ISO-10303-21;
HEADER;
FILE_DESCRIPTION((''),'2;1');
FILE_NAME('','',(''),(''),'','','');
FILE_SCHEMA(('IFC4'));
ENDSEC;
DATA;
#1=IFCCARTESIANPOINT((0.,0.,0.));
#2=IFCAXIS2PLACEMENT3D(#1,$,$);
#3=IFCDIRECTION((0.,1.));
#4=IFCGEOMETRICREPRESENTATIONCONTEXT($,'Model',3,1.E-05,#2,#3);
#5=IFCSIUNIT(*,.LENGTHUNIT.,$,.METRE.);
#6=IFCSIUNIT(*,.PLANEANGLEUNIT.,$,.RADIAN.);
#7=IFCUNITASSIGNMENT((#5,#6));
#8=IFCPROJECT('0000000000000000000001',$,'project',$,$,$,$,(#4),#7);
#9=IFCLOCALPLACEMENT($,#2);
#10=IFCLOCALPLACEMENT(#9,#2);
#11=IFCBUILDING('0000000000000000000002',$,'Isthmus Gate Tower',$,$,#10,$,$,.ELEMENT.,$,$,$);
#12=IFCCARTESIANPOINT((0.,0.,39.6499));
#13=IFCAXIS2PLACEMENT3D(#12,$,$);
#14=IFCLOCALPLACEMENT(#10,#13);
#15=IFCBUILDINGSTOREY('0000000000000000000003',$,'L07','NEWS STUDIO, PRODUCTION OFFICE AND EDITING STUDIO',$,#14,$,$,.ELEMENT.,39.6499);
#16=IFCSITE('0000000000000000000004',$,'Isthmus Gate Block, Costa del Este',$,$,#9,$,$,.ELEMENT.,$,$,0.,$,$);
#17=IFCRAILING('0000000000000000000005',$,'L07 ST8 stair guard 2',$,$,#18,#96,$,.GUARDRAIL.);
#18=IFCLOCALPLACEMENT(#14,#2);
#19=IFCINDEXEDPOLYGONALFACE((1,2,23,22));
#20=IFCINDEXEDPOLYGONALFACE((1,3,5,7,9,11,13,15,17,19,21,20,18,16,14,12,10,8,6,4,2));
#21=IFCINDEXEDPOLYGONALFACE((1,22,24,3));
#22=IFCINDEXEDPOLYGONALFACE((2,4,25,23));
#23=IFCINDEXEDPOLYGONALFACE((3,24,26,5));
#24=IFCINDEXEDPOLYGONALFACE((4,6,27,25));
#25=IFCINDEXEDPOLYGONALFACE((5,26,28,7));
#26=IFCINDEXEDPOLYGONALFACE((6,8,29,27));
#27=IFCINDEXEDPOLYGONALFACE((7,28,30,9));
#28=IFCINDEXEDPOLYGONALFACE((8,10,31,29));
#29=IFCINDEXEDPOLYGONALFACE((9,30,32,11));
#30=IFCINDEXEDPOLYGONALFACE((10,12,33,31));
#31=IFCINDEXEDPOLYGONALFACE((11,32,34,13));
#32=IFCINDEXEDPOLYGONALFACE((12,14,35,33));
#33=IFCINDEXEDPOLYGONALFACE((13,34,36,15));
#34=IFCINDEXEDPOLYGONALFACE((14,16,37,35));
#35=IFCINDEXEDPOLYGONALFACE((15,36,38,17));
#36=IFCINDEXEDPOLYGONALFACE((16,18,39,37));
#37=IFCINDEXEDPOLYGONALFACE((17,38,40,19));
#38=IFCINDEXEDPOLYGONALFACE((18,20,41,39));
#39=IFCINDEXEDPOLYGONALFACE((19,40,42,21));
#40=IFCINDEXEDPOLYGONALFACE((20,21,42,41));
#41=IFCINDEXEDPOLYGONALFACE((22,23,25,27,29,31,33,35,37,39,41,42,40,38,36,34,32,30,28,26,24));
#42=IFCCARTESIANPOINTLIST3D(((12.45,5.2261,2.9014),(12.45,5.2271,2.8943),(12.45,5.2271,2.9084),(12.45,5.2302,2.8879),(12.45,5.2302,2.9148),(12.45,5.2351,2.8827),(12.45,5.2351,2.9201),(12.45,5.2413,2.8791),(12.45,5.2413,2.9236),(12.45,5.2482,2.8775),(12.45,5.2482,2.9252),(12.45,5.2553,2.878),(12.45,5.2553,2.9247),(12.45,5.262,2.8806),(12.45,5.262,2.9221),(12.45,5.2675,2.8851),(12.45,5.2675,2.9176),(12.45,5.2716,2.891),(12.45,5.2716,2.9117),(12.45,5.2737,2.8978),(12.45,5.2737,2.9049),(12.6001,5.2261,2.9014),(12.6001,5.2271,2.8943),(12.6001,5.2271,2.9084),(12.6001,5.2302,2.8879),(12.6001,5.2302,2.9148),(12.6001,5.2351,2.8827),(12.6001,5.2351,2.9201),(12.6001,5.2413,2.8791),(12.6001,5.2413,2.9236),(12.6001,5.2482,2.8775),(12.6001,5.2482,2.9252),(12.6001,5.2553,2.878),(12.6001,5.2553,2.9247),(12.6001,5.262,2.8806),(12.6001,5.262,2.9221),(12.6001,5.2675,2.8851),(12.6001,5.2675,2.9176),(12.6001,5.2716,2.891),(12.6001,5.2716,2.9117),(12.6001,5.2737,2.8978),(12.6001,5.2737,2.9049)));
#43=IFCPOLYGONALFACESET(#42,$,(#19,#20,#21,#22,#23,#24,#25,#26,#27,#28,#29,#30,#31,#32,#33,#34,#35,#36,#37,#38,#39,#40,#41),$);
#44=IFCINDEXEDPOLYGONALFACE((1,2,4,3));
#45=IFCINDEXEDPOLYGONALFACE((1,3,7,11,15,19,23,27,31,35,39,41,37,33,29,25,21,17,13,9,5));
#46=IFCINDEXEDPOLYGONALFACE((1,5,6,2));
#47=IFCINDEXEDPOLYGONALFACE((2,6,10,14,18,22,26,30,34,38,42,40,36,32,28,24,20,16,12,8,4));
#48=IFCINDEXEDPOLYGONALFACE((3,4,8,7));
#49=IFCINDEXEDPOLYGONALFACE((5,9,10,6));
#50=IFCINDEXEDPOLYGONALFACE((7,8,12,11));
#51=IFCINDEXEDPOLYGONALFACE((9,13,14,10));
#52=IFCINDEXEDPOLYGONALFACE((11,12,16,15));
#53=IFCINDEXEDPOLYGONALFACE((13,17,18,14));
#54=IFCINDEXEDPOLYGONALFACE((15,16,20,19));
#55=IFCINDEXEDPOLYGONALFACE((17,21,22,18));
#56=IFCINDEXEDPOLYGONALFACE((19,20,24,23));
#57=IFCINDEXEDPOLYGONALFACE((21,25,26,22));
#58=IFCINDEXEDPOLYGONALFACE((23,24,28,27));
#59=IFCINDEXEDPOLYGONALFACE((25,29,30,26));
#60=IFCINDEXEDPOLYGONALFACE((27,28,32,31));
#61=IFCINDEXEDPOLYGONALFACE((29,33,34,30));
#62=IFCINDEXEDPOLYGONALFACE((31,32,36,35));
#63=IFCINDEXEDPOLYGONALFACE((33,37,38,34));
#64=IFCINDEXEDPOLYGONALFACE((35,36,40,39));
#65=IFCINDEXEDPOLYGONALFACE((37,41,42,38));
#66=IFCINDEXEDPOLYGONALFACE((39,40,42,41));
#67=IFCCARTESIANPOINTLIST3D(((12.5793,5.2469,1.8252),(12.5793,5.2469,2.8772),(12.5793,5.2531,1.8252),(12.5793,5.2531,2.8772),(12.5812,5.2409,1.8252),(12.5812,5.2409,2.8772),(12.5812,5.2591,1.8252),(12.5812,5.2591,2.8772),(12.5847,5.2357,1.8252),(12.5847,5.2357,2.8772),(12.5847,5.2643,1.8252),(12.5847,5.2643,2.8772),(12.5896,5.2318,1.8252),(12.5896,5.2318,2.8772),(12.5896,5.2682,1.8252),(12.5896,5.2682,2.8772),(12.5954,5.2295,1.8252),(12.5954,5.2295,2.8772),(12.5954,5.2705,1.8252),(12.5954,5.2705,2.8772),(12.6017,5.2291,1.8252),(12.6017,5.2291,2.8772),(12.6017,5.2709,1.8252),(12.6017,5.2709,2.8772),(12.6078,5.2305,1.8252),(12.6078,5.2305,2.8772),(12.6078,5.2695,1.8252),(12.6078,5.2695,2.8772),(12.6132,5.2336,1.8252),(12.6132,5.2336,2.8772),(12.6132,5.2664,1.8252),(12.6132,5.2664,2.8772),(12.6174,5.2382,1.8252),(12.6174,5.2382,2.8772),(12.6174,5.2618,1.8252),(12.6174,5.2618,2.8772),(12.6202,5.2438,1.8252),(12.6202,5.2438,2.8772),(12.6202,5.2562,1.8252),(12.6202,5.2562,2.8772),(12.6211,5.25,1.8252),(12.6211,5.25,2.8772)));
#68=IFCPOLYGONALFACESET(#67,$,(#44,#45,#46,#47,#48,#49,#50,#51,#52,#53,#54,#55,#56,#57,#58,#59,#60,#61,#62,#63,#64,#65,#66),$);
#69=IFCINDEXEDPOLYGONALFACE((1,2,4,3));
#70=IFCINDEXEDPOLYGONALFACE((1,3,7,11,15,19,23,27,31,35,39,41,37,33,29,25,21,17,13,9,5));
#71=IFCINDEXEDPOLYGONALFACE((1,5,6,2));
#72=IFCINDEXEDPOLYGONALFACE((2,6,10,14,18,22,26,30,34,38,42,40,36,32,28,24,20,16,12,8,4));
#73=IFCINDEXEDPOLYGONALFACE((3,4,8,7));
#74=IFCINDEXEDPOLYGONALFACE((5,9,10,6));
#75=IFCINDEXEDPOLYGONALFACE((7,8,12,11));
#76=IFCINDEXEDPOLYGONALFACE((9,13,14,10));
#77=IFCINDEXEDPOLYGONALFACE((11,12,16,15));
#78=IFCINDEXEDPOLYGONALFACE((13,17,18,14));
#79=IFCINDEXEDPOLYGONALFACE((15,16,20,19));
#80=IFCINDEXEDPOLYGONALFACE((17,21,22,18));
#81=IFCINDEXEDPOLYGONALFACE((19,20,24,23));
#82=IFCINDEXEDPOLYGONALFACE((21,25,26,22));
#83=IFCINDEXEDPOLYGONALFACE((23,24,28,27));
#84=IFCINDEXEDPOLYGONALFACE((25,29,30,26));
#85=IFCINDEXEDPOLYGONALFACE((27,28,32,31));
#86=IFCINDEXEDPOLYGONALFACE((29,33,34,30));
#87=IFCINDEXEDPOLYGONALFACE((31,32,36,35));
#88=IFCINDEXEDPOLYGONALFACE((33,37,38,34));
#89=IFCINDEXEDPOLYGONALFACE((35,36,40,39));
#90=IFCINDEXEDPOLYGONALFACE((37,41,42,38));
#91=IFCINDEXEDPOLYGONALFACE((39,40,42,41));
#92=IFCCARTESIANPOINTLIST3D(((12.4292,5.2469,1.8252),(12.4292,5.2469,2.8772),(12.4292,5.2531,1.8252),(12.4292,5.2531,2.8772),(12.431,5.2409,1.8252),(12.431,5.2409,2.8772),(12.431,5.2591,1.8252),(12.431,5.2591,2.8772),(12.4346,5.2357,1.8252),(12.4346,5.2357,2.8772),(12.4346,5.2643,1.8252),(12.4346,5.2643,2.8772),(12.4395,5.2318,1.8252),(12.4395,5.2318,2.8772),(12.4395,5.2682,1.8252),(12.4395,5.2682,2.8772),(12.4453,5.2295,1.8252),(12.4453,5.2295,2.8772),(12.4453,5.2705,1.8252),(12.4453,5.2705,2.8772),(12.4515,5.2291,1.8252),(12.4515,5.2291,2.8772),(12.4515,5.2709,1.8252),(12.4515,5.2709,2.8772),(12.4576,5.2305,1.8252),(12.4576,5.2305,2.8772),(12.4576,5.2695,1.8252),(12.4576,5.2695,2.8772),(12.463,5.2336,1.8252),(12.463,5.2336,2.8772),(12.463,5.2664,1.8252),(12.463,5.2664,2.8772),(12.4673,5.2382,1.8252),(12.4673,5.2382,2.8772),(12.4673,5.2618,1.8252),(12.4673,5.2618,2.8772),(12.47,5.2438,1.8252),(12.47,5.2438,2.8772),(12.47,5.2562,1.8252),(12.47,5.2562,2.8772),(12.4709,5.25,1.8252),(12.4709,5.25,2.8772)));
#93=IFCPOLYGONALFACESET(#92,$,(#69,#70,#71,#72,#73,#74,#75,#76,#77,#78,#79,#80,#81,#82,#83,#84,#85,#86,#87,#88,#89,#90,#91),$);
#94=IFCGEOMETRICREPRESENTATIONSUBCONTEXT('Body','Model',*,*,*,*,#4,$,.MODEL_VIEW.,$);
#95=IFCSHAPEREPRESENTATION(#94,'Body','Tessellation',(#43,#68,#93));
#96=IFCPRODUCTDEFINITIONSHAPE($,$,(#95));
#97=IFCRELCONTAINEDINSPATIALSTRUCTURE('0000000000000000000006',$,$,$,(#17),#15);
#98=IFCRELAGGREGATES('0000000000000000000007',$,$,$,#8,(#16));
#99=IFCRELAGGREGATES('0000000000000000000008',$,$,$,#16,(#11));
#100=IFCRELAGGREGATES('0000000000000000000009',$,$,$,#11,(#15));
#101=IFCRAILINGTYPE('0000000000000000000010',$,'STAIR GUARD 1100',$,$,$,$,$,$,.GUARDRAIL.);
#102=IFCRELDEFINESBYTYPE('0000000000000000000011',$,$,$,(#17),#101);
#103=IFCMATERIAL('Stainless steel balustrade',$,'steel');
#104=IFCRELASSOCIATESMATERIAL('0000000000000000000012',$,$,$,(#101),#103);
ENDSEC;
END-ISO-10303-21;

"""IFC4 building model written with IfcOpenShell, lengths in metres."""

from ifc_helpers import new_model, si_unit, direction, frame, origin, origin_2d, place, context, subcontext, project, spatial, circle, extrude, material, type_object, element, save


model = new_model("IFC4")

# Units and contexts
model_context = context("Model", 3, precision=1e-05, world=origin(), true_north=direction((0.0, 1.0)))
body_context = subcontext(model_context, "Body", "Model", "MODEL_VIEW")
ifc_project = project(units=[si_unit("LENGTHUNIT", "METRE"), si_unit("PLANEANGLEUNIT", "RADIAN")], contexts=[model_context])

# Site, building, storey
site_placement = place(None, origin())
site = spatial("IfcSite", under=ifc_project, at=site_placement, Name="Isthmus Gate Block, Costa del Este", CompositionType="ELEMENT", RefElevation=0.0)
building_placement = place(site_placement, origin())
building = spatial("IfcBuilding", under=site, at=building_placement, Name="Isthmus Gate Tower", CompositionType="ELEMENT")
storey_placement = place(building_placement, frame((0.0, 0.0, 39.6499)))
storey = spatial("IfcBuildingStorey", under=building, at=storey_placement, Name="L07", Description="NEWS STUDIO, PRODUCTION OFFICE AND EDITING STUDIO", CompositionType="ELEMENT", Elevation=39.6499)

# Railing
ifc_material_1 = material(Name="Stainless steel balustrade", Category="steel")
railing_type_1 = type_object("IfcRailingType", Name="STAIR GUARD 1100", PredefinedType="GUARDRAIL", material=ifc_material_1)
railing_1_placement = place(storey_placement, frame((12.6001, 5.25, 1.8252)))
element("IfcRailing", 1, at=railing_1_placement, inside=storey, type_object=railing_type_1, Name="L07 ST8 stair guard 2", PredefinedType="GUARDRAIL", context=body_context, shape_type="SweptSolid", body=[
    extrude(circle(Radius=0.0239, at=origin_2d()), frame((0.0, 0.0, 1.0762), z_axis=(-1.0, 0.0, 0.0), x_axis=(0.0, -1.0, 0.0)), (0.0, 0.0, 1.0), 0.1501),
    extrude(circle(Radius=0.021, at=origin_2d()), origin(), (0.0, 0.0, 1.0), 1.052),
    extrude(circle(Radius=0.021, at=origin_2d()), frame((-0.1501, 0.0, 0.0)), (0.0, 0.0, 1.0), 1.052),
])

save(model, "model.ifc")
